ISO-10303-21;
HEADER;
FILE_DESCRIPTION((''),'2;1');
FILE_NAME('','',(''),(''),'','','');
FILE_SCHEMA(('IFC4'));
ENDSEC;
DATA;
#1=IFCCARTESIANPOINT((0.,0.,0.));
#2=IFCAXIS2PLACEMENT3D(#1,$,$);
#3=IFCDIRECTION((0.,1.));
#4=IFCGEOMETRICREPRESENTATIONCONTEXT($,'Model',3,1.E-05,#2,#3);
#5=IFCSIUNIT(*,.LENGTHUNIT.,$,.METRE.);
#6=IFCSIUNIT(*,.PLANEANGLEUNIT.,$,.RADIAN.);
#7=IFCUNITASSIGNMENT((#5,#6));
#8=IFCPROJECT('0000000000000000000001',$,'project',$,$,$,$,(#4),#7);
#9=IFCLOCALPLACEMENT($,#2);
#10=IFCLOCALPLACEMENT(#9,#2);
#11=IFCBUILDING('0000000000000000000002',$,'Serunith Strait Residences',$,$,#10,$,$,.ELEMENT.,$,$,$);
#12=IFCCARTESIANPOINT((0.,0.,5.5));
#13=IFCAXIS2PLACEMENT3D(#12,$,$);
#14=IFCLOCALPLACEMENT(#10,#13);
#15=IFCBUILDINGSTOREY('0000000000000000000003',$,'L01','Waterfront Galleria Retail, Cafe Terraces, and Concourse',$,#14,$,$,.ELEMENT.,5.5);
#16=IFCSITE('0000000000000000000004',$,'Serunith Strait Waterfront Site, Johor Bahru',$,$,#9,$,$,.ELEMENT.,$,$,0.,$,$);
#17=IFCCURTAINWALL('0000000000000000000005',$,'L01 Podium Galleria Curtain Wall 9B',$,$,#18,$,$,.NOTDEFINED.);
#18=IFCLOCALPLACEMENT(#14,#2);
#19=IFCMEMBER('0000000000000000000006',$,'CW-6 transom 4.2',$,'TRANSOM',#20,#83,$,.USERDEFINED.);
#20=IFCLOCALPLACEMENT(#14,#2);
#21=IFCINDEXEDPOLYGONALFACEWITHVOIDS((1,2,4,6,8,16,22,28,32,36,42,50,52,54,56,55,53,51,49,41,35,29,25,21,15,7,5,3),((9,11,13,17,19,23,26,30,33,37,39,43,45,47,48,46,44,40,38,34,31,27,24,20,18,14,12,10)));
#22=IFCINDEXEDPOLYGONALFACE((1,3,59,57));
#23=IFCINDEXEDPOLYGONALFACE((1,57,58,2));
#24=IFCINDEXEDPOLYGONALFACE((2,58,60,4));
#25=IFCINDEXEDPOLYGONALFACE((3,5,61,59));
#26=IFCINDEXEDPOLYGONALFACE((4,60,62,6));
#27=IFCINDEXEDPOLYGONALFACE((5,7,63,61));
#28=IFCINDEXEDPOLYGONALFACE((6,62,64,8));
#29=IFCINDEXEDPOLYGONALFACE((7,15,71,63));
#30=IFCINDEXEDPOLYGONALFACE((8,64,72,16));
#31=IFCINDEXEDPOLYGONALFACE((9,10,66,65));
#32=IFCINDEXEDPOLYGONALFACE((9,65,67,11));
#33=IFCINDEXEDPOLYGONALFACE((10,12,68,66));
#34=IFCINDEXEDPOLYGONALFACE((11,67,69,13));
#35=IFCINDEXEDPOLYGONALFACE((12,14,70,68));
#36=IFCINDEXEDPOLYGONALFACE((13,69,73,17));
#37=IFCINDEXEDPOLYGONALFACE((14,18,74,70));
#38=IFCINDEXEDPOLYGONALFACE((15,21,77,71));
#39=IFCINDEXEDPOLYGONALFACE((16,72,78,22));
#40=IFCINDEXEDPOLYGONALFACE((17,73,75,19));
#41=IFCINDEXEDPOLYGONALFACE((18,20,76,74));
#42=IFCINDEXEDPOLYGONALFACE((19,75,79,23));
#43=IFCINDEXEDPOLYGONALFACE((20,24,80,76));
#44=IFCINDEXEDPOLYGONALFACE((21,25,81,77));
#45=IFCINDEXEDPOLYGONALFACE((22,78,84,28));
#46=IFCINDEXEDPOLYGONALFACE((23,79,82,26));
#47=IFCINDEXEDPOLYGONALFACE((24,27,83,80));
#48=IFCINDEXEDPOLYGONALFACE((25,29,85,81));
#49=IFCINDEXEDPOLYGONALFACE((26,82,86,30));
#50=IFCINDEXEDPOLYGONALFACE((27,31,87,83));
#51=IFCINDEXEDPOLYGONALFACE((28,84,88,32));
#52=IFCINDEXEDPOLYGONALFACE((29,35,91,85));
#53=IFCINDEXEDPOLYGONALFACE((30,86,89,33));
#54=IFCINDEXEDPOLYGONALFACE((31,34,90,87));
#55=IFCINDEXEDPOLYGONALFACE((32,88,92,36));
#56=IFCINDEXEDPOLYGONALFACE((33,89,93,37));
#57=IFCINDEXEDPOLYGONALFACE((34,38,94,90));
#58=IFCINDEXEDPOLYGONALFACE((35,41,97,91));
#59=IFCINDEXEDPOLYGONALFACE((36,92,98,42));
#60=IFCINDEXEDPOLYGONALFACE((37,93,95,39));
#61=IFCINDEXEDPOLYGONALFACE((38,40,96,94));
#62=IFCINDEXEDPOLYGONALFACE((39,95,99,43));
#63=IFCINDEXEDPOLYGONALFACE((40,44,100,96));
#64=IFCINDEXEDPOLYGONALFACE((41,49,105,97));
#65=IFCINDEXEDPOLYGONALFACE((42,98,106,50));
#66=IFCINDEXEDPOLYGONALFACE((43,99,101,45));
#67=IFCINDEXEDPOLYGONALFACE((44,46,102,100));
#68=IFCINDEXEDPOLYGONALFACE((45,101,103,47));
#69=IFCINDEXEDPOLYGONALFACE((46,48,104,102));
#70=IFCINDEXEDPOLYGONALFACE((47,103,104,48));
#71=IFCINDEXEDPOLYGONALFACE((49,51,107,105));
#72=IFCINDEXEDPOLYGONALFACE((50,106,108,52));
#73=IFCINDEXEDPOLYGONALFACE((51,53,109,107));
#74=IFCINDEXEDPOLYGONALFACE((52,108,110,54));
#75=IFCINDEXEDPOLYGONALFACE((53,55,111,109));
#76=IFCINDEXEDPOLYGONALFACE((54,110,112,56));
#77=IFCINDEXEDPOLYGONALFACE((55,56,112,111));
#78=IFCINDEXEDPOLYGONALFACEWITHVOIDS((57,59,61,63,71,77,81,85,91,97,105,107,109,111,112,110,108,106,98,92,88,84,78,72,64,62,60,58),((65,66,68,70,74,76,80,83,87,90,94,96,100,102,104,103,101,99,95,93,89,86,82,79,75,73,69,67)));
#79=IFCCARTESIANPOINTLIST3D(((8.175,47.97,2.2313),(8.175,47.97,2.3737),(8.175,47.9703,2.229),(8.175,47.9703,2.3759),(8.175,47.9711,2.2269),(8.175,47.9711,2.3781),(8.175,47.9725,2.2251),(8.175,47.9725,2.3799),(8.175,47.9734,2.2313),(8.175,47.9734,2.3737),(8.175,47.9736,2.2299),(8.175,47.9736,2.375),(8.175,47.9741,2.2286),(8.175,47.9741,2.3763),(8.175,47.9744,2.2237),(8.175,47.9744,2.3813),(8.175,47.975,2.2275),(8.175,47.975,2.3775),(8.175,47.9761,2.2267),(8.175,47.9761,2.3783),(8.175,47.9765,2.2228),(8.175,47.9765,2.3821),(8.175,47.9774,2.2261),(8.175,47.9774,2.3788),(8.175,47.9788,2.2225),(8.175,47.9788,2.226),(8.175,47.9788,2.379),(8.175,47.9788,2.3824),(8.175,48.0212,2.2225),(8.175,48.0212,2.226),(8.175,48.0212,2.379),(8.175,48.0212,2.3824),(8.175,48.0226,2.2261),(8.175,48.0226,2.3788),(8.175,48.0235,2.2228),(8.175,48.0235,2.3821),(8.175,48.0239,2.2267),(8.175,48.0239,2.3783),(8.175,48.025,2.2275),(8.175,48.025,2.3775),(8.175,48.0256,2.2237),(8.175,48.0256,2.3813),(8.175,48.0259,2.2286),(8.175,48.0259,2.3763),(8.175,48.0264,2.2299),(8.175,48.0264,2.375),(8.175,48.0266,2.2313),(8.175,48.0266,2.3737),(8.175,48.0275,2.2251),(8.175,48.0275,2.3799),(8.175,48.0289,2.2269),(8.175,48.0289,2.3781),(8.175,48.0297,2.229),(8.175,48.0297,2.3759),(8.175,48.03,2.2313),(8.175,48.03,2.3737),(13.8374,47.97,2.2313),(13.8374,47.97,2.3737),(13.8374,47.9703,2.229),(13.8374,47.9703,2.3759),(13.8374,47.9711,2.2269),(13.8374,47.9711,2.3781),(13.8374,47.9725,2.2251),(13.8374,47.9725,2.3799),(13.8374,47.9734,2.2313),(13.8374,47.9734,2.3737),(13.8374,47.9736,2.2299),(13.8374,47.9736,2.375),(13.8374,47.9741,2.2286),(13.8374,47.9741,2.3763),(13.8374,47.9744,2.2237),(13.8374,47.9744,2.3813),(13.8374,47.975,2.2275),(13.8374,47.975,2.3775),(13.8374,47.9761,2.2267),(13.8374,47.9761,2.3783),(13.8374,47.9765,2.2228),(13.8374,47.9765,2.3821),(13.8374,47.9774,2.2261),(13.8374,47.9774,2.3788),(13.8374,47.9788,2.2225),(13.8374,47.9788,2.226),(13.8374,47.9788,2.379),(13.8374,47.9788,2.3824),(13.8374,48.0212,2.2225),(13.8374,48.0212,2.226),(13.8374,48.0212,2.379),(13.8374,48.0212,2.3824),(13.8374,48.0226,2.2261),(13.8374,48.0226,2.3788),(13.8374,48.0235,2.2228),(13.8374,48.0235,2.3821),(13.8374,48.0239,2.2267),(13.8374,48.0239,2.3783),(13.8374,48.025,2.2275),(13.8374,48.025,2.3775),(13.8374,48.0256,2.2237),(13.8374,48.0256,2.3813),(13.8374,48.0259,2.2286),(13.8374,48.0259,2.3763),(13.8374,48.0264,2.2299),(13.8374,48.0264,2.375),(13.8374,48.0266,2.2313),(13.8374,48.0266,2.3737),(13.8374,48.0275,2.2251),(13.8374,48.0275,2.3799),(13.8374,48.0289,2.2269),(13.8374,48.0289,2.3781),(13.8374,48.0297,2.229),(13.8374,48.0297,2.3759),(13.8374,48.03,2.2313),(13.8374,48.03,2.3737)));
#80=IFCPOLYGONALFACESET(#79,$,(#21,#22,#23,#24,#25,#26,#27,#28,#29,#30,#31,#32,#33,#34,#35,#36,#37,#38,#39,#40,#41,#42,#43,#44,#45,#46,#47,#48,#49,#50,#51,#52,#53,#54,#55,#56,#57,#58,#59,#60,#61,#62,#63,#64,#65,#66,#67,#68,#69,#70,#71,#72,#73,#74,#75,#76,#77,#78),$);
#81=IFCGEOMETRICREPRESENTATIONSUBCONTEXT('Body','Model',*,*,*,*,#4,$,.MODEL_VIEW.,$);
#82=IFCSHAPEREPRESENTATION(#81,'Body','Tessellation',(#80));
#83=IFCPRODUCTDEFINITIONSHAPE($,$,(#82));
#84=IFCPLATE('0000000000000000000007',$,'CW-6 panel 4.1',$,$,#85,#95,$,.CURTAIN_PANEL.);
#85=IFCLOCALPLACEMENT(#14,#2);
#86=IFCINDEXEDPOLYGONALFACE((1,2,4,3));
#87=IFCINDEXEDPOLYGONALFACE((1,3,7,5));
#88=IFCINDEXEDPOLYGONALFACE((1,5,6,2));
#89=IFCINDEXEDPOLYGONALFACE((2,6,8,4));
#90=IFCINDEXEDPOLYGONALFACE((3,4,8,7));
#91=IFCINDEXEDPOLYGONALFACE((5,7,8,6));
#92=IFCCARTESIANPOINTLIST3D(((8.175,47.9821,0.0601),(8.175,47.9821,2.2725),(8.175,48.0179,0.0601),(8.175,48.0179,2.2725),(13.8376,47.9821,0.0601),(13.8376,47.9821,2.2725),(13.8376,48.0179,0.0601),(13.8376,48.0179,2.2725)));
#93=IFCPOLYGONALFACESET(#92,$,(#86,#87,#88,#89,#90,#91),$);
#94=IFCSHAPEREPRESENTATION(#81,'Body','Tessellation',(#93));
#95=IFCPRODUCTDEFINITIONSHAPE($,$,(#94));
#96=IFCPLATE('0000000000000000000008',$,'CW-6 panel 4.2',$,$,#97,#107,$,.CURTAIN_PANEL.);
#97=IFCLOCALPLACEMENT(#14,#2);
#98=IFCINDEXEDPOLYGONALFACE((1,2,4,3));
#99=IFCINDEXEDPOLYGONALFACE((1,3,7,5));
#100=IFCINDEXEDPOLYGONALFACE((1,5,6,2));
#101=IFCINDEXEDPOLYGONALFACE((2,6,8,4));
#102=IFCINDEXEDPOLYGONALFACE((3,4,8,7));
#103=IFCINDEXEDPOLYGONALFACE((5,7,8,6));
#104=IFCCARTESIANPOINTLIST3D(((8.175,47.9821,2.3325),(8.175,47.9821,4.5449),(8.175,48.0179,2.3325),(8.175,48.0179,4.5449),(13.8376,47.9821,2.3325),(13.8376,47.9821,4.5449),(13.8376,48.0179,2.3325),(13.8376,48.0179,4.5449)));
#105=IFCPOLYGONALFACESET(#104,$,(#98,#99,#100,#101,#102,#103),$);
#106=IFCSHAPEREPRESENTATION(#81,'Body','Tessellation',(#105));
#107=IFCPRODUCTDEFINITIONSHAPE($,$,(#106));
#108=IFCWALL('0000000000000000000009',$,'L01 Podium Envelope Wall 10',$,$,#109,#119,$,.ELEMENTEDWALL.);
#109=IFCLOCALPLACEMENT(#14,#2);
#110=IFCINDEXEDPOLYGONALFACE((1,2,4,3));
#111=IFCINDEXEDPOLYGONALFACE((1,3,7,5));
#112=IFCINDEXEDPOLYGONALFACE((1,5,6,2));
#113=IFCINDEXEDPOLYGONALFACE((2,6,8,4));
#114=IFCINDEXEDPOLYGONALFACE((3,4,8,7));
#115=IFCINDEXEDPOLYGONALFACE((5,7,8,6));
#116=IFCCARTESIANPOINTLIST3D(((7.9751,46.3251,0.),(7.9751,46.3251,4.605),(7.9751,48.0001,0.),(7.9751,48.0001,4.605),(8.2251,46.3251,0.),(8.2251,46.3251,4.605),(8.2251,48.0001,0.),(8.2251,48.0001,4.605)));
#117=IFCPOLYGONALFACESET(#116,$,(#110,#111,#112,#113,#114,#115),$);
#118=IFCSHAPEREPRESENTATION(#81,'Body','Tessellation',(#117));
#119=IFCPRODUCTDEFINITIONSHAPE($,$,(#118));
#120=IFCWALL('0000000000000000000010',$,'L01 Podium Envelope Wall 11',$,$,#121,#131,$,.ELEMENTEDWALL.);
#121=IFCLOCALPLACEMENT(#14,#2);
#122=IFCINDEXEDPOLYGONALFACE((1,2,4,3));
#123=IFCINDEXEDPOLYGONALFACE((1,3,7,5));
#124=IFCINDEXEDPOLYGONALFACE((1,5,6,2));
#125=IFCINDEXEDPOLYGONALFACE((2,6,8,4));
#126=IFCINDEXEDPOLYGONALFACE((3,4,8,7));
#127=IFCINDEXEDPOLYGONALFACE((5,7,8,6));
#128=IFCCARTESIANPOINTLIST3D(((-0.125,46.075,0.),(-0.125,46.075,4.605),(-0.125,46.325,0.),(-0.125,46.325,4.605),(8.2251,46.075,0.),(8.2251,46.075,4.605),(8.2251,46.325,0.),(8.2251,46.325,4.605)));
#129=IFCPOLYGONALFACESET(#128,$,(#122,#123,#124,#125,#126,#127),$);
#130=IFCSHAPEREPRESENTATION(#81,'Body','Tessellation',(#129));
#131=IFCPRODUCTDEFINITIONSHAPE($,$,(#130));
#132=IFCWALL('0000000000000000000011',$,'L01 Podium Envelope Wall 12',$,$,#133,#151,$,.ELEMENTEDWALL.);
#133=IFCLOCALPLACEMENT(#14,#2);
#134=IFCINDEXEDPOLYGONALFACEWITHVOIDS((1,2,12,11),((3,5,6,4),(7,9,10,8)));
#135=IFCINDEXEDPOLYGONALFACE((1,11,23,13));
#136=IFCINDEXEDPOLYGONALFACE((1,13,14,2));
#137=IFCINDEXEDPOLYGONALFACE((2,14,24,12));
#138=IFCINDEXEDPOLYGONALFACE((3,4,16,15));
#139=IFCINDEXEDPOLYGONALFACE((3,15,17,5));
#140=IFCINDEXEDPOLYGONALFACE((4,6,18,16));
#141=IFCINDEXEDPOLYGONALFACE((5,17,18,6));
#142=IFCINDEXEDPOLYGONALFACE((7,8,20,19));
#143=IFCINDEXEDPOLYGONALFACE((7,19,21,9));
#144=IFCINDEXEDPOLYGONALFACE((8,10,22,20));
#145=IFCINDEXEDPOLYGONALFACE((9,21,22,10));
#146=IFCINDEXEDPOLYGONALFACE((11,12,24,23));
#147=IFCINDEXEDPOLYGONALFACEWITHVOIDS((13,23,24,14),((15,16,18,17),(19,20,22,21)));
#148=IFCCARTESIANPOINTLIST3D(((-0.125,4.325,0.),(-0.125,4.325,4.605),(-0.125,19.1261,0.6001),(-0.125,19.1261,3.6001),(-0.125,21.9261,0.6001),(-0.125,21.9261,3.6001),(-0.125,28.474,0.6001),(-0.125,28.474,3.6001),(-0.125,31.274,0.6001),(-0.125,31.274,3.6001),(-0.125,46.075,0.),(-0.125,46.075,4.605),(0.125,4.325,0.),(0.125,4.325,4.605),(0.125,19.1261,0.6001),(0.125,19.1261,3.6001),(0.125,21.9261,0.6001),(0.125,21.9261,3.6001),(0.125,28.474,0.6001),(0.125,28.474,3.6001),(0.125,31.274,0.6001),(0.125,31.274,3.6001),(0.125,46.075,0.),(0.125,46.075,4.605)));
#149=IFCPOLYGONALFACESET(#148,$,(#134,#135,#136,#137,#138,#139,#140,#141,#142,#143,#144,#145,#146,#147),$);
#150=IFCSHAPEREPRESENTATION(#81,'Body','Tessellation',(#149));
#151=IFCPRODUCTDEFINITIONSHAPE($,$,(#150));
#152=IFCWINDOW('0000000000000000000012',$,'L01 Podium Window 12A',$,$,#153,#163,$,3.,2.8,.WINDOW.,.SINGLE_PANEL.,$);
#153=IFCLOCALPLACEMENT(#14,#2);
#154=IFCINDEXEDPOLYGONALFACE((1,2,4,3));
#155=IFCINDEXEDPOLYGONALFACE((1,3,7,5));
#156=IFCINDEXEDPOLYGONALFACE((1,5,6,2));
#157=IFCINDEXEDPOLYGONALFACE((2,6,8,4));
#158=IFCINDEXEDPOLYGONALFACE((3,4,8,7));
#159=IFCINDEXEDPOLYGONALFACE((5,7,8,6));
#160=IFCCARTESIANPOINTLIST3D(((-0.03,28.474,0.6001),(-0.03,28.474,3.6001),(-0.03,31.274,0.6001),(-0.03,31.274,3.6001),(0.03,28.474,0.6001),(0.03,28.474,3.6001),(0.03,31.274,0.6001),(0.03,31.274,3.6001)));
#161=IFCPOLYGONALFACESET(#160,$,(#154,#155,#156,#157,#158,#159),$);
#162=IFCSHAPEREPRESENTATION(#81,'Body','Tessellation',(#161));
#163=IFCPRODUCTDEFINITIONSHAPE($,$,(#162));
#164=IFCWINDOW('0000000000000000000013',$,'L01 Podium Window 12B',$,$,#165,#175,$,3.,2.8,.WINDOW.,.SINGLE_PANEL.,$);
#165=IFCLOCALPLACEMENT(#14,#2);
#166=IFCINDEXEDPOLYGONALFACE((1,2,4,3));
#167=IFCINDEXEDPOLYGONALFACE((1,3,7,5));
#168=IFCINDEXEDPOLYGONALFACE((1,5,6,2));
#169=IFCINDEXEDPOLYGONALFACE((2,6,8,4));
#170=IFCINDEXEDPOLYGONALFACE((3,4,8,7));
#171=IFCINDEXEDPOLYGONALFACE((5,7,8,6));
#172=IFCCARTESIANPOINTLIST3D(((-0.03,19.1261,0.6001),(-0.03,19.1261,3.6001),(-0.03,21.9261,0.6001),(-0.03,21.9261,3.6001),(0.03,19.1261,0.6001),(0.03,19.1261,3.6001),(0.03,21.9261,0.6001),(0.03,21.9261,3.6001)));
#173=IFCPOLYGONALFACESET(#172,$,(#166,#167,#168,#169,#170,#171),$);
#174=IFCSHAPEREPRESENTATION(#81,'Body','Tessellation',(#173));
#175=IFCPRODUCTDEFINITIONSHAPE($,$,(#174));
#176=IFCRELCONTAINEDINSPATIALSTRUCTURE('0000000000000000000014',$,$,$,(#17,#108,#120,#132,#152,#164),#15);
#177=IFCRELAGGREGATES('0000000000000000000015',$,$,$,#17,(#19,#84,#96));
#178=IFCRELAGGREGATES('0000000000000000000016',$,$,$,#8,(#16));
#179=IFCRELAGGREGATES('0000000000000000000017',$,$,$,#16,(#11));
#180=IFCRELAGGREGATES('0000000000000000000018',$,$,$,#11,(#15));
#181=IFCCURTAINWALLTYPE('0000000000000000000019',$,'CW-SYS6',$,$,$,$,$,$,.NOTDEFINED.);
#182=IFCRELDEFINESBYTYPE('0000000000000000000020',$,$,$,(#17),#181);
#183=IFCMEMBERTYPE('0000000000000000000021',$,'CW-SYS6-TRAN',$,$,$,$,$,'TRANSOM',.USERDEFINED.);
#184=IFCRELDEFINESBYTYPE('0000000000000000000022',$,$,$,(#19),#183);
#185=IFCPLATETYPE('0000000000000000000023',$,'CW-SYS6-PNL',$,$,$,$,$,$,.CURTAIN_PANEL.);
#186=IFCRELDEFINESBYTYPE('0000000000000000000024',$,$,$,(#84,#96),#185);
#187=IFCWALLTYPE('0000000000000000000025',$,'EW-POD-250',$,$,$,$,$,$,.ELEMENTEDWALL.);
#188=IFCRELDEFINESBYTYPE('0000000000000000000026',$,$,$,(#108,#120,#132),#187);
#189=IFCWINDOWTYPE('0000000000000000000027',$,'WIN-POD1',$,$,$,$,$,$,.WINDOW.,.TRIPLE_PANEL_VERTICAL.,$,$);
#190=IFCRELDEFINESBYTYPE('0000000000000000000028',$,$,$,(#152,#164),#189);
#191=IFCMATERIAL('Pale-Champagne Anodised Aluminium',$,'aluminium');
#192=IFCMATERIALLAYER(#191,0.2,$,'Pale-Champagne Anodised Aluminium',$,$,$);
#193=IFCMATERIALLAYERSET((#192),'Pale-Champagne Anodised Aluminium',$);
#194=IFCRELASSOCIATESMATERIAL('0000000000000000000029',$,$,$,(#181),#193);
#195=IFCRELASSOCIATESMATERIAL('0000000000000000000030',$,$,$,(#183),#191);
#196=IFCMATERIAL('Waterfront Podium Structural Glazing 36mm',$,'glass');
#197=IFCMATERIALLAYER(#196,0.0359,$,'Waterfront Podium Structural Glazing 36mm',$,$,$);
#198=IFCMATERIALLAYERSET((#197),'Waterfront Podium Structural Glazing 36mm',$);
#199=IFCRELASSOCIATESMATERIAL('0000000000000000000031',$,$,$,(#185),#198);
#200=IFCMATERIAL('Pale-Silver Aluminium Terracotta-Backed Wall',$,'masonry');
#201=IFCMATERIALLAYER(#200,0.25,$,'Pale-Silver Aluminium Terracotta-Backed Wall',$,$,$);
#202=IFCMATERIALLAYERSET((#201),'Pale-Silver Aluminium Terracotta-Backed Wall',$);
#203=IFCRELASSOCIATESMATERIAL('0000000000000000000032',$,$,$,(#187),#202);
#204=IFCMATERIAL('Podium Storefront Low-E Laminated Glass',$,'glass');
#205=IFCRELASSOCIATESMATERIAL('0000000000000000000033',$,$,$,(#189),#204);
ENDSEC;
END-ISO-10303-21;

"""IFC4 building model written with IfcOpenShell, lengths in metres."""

from ifc_helpers import new_model, si_unit, direction, frame, frame_2d, origin, origin_2d, place, context, subcontext, project, spatial, rectangle, hollow_rectangle, extrude, source, transform, mapped, material, layer, layer_set, material_profile, profile_set, type_object, element, fill, aggregate, save


model = new_model("IFC4")

# Units and contexts
model_context = context("Model", 3, precision=1e-05, world=origin(), true_north=direction((0.0, 1.0)))
body_context = subcontext(model_context, "Body", "Model", "MODEL_VIEW")
ifc_project = project(units=[si_unit("LENGTHUNIT", "METRE"), si_unit("PLANEANGLEUNIT", "RADIAN")], contexts=[model_context])

# Site, building, storey
site_placement = place(None, origin())
site = spatial("IfcSite", under=ifc_project, at=site_placement, Name="Serunith Strait Waterfront Site, Johor Bahru", CompositionType="ELEMENT", RefElevation=0.0)
building_placement = place(site_placement, origin())
building = spatial("IfcBuilding", under=site, at=building_placement, Name="Serunith Strait Residences", CompositionType="ELEMENT")
storey_placement = place(building_placement, frame((0.0, 0.0, 5.5)))
storey = spatial("IfcBuildingStorey", under=building, at=storey_placement, Name="L01", Description="Waterfront Galleria Retail, Cafe Terraces, and Concourse", CompositionType="ELEMENT", Elevation=5.5)

# Curtain wall, member, plates
ifc_material_1 = material(Name="Pale-Champagne Anodised Aluminium", Category="aluminium")
ifc_layer_1 = layer(ifc_material_1, 0.2, Name="Pale-Champagne Anodised Aluminium")
ifc_layer_set_1 = layer_set([ifc_layer_1], Name="Pale-Champagne Anodised Aluminium")
curtain_wall_type = type_object("IfcCurtainWallType", Name="CW-SYS6", PredefinedType="NOTDEFINED", material=ifc_layer_set_1)
curtain_wall_placement = place(storey_placement, origin())
curtain_wall = element("IfcCurtainWall", 1, at=curtain_wall_placement, inside=storey, type_object=curtain_wall_type, Name="L01 Podium Galleria Curtain Wall 9B", PredefinedType="NOTDEFINED")
ifc_material_profile_1 = material_profile(ifc_material_1, hollow_rectangle(XDim=0.0601, YDim=0.1599, WallThickness=0.0034, InnerFilletRadius=0.0054, OuterFilletRadius=0.0088, at=origin_2d()), Name="ALU 160x60x3.5")
ifc_profile_set_1 = profile_set([ifc_material_profile_1], Name="Pale-Champagne Anodised Aluminium")
member_type_1 = type_object("IfcMemberType", Name="CW-SYS6-TRAN", ElementType="TRANSOM", PredefinedType="USERDEFINED", material=ifc_profile_set_1)
shared_shape_1 = source(origin(), body_context, "Body", "SweptSolid", [
    extrude(hollow_rectangle(XDim=0.0601, YDim=0.1599, WallThickness=0.0034, InnerFilletRadius=0.0054, OuterFilletRadius=0.0088, at=origin_2d()), origin(), (0.0, 0.0, 1.0), 5.6624),
])
member_1_placement = place(storey_placement, frame((13.8374, 48.0, 2.3025), z_axis=(-1.0, 0.0, 0.0), x_axis=(0.0, -1.0, 0.0)))
member_1 = element("IfcMember", 2, at=member_1_placement, type_object=member_type_1, Name="CW-6 transom 4.2", ObjectType="TRANSOM", PredefinedType="USERDEFINED", context=body_context, shape_type="MappedRepresentation", body=[
    mapped(shared_shape_1, transform((0.0, 0.0, 0.0), scale=1.0)),
])
ifc_material_2 = material(Name="Waterfront Podium Structural Glazing 36mm", Category="glass")
ifc_layer_2 = layer(ifc_material_2, 0.0359, Name="Waterfront Podium Structural Glazing 36mm")
ifc_layer_set_2 = layer_set([ifc_layer_2], Name="Waterfront Podium Structural Glazing 36mm")
plate_type = type_object("IfcPlateType", Name="CW-SYS6-PNL", PredefinedType="CURTAIN_PANEL", material=ifc_layer_set_2)
shared_shape_2 = source(origin(), body_context, "Body", "SweptSolid", [
    extrude(rectangle(XDim=5.6626, YDim=0.0359, at=origin_2d()), origin(), (0.0, 0.0, 1.0), 2.2124),
])
plate_1_placement = place(storey_placement, frame((11.0063, 48.0, 0.0601), z_axis=(0.0, 0.0, 1.0), x_axis=(-1.0, 0.0, 0.0)))
plate_1 = element("IfcPlate", 3, at=plate_1_placement, type_object=plate_type, Name="CW-6 panel 4.1", PredefinedType="CURTAIN_PANEL", context=body_context, shape_type="MappedRepresentation", body=[
    mapped(shared_shape_2, transform((0.0, 0.0, 0.0), scale=1.0)),
])
plate_2_placement = place(storey_placement, frame((11.0063, 48.0, 2.3325), z_axis=(0.0, 0.0, 1.0), x_axis=(-1.0, 0.0, 0.0)))
plate_2 = element("IfcPlate", 4, at=plate_2_placement, type_object=plate_type, Name="CW-6 panel 4.2", PredefinedType="CURTAIN_PANEL", context=body_context, shape_type="MappedRepresentation", body=[
    mapped(shared_shape_2, transform((0.0, 0.0, 0.0), scale=1.0)),
])
aggregate(curtain_wall, [member_1, plate_1, plate_2])

# Walls
ifc_material_3 = material(Name="Pale-Silver Aluminium Terracotta-Backed Wall", Category="masonry")
ifc_layer_3 = layer(ifc_material_3, 0.25, Name="Pale-Silver Aluminium Terracotta-Backed Wall")
ifc_layer_set_3 = layer_set([ifc_layer_3], Name="Pale-Silver Aluminium Terracotta-Backed Wall")
wall_type_1 = type_object("IfcWallType", Name="EW-POD-250", PredefinedType="ELEMENTEDWALL", material=ifc_layer_set_3)
wall_1_placement = place(storey_placement, frame((8.1001, 48.0, 0.0), z_axis=(0.0, 0.0, 1.0), x_axis=(0.0, -1.0, 0.0)))
element("IfcWall", 5, at=wall_1_placement, inside=storey, type_object=wall_type_1, Name="L01 Podium Envelope Wall 10", PredefinedType="ELEMENTEDWALL", context=body_context, shape_type="SweptSolid", body=[
    extrude(rectangle(XDim=1.675, YDim=0.25, at=frame_2d((0.8374, 0.0))), origin(), (0.0, 0.0, 1.0), 4.605),
])
wall_2_placement = place(storey_placement, frame((8.2251, 46.2, 0.0), z_axis=(0.0, 0.0, 1.0), x_axis=(-1.0, 0.0, 0.0)))
element("IfcWall", 6, at=wall_2_placement, inside=storey, type_object=wall_type_1, Name="L01 Podium Envelope Wall 11", PredefinedType="ELEMENTEDWALL", context=body_context, shape_type="SweptSolid", body=[
    extrude(rectangle(XDim=8.3501, YDim=0.25, at=frame_2d((4.175, 0.0))), origin(), (0.0, 0.0, 1.0), 4.605),
])

# Wall, openings, windows
wall_3_placement = place(storey_placement, frame((0.0, 46.075, 0.0), z_axis=(0.0, 0.0, 1.0), x_axis=(0.0, -1.0, 0.0)))
wall_3 = element("IfcWall", 7, at=wall_3_placement, inside=storey, type_object=wall_type_1, Name="L01 Podium Envelope Wall 12", PredefinedType="ELEMENTEDWALL", context=body_context, shape_type="SweptSolid", body=[
    extrude(rectangle(XDim=41.75, YDim=0.25, at=frame_2d((20.875, 0.0))), origin(), (0.0, 0.0, 1.0), 4.605),
])
opening_1_placement = place(wall_3_placement, frame((14.801, 0.0, 0.6001)))
opening_1 = element("IfcOpeningElement", 8, at=opening_1_placement, cuts=wall_3, PredefinedType="OPENING", context=body_context, shape_type="SweptSolid", body=[
    extrude(rectangle(XDim=2.8, YDim=3.0, at=frame_2d((1.3999, 1.5))), frame((0.0, 0.135, 0.0), z_axis=(0.0, -1.0, 0.0), x_axis=(1.0, 0.0, 0.0)), (0.0, 0.0, 1.0), 0.27),
])
opening_2_placement = place(wall_3_placement, frame((24.1489, 0.0, 0.6001)))
opening_2 = element("IfcOpeningElement", 9, at=opening_2_placement, cuts=wall_3, PredefinedType="OPENING", context=body_context, shape_type="SweptSolid", body=[
    extrude(rectangle(XDim=2.8, YDim=3.0, at=frame_2d((1.3999, 1.5))), frame((0.0, 0.135, 0.0), z_axis=(0.0, -1.0, 0.0), x_axis=(1.0, 0.0, 0.0)), (0.0, 0.0, 1.0), 0.27),
])
ifc_material_4 = material(Name="Podium Storefront Low-E Laminated Glass", Category="glass")
window_type = type_object("IfcWindowType", Name="WIN-POD1", PartitioningType="TRIPLE_PANEL_VERTICAL", PredefinedType="WINDOW", material=ifc_material_4)
shared_shape_3 = source(origin(), body_context, "Body", "SweptSolid", [
    extrude(rectangle(XDim=2.8, YDim=3.0, at=frame_2d((1.3999, 1.5))), frame((0.0, 0.03, 0.0), z_axis=(0.0, -1.0, 0.0), x_axis=(1.0, 0.0, 0.0)), (0.0, 0.0, 1.0), 0.0601),
])
window_1_placement = place(opening_1_placement, origin())
window_1 = element("IfcWindow", 10, at=window_1_placement, inside=storey, type_object=window_type, Name="L01 Podium Window 12A", OverallHeight=3.0, OverallWidth=2.8, PartitioningType="SINGLE_PANEL", PredefinedType="WINDOW", context=body_context, shape_type="MappedRepresentation", body=[
    mapped(shared_shape_3, transform((0.0, 0.0, 0.0), scale=1.0)),
])
fill(opening_1, window_1)
window_2_placement = place(opening_2_placement, origin())
window_2 = element("IfcWindow", 11, at=window_2_placement, inside=storey, type_object=window_type, Name="L01 Podium Window 12B", OverallHeight=3.0, OverallWidth=2.8, PartitioningType="SINGLE_PANEL", PredefinedType="WINDOW", context=body_context, shape_type="MappedRepresentation", body=[
    mapped(shared_shape_3, transform((0.0, 0.0, 0.0), scale=1.0)),
])
fill(opening_2, window_2)

save(model, "model.ifc")
